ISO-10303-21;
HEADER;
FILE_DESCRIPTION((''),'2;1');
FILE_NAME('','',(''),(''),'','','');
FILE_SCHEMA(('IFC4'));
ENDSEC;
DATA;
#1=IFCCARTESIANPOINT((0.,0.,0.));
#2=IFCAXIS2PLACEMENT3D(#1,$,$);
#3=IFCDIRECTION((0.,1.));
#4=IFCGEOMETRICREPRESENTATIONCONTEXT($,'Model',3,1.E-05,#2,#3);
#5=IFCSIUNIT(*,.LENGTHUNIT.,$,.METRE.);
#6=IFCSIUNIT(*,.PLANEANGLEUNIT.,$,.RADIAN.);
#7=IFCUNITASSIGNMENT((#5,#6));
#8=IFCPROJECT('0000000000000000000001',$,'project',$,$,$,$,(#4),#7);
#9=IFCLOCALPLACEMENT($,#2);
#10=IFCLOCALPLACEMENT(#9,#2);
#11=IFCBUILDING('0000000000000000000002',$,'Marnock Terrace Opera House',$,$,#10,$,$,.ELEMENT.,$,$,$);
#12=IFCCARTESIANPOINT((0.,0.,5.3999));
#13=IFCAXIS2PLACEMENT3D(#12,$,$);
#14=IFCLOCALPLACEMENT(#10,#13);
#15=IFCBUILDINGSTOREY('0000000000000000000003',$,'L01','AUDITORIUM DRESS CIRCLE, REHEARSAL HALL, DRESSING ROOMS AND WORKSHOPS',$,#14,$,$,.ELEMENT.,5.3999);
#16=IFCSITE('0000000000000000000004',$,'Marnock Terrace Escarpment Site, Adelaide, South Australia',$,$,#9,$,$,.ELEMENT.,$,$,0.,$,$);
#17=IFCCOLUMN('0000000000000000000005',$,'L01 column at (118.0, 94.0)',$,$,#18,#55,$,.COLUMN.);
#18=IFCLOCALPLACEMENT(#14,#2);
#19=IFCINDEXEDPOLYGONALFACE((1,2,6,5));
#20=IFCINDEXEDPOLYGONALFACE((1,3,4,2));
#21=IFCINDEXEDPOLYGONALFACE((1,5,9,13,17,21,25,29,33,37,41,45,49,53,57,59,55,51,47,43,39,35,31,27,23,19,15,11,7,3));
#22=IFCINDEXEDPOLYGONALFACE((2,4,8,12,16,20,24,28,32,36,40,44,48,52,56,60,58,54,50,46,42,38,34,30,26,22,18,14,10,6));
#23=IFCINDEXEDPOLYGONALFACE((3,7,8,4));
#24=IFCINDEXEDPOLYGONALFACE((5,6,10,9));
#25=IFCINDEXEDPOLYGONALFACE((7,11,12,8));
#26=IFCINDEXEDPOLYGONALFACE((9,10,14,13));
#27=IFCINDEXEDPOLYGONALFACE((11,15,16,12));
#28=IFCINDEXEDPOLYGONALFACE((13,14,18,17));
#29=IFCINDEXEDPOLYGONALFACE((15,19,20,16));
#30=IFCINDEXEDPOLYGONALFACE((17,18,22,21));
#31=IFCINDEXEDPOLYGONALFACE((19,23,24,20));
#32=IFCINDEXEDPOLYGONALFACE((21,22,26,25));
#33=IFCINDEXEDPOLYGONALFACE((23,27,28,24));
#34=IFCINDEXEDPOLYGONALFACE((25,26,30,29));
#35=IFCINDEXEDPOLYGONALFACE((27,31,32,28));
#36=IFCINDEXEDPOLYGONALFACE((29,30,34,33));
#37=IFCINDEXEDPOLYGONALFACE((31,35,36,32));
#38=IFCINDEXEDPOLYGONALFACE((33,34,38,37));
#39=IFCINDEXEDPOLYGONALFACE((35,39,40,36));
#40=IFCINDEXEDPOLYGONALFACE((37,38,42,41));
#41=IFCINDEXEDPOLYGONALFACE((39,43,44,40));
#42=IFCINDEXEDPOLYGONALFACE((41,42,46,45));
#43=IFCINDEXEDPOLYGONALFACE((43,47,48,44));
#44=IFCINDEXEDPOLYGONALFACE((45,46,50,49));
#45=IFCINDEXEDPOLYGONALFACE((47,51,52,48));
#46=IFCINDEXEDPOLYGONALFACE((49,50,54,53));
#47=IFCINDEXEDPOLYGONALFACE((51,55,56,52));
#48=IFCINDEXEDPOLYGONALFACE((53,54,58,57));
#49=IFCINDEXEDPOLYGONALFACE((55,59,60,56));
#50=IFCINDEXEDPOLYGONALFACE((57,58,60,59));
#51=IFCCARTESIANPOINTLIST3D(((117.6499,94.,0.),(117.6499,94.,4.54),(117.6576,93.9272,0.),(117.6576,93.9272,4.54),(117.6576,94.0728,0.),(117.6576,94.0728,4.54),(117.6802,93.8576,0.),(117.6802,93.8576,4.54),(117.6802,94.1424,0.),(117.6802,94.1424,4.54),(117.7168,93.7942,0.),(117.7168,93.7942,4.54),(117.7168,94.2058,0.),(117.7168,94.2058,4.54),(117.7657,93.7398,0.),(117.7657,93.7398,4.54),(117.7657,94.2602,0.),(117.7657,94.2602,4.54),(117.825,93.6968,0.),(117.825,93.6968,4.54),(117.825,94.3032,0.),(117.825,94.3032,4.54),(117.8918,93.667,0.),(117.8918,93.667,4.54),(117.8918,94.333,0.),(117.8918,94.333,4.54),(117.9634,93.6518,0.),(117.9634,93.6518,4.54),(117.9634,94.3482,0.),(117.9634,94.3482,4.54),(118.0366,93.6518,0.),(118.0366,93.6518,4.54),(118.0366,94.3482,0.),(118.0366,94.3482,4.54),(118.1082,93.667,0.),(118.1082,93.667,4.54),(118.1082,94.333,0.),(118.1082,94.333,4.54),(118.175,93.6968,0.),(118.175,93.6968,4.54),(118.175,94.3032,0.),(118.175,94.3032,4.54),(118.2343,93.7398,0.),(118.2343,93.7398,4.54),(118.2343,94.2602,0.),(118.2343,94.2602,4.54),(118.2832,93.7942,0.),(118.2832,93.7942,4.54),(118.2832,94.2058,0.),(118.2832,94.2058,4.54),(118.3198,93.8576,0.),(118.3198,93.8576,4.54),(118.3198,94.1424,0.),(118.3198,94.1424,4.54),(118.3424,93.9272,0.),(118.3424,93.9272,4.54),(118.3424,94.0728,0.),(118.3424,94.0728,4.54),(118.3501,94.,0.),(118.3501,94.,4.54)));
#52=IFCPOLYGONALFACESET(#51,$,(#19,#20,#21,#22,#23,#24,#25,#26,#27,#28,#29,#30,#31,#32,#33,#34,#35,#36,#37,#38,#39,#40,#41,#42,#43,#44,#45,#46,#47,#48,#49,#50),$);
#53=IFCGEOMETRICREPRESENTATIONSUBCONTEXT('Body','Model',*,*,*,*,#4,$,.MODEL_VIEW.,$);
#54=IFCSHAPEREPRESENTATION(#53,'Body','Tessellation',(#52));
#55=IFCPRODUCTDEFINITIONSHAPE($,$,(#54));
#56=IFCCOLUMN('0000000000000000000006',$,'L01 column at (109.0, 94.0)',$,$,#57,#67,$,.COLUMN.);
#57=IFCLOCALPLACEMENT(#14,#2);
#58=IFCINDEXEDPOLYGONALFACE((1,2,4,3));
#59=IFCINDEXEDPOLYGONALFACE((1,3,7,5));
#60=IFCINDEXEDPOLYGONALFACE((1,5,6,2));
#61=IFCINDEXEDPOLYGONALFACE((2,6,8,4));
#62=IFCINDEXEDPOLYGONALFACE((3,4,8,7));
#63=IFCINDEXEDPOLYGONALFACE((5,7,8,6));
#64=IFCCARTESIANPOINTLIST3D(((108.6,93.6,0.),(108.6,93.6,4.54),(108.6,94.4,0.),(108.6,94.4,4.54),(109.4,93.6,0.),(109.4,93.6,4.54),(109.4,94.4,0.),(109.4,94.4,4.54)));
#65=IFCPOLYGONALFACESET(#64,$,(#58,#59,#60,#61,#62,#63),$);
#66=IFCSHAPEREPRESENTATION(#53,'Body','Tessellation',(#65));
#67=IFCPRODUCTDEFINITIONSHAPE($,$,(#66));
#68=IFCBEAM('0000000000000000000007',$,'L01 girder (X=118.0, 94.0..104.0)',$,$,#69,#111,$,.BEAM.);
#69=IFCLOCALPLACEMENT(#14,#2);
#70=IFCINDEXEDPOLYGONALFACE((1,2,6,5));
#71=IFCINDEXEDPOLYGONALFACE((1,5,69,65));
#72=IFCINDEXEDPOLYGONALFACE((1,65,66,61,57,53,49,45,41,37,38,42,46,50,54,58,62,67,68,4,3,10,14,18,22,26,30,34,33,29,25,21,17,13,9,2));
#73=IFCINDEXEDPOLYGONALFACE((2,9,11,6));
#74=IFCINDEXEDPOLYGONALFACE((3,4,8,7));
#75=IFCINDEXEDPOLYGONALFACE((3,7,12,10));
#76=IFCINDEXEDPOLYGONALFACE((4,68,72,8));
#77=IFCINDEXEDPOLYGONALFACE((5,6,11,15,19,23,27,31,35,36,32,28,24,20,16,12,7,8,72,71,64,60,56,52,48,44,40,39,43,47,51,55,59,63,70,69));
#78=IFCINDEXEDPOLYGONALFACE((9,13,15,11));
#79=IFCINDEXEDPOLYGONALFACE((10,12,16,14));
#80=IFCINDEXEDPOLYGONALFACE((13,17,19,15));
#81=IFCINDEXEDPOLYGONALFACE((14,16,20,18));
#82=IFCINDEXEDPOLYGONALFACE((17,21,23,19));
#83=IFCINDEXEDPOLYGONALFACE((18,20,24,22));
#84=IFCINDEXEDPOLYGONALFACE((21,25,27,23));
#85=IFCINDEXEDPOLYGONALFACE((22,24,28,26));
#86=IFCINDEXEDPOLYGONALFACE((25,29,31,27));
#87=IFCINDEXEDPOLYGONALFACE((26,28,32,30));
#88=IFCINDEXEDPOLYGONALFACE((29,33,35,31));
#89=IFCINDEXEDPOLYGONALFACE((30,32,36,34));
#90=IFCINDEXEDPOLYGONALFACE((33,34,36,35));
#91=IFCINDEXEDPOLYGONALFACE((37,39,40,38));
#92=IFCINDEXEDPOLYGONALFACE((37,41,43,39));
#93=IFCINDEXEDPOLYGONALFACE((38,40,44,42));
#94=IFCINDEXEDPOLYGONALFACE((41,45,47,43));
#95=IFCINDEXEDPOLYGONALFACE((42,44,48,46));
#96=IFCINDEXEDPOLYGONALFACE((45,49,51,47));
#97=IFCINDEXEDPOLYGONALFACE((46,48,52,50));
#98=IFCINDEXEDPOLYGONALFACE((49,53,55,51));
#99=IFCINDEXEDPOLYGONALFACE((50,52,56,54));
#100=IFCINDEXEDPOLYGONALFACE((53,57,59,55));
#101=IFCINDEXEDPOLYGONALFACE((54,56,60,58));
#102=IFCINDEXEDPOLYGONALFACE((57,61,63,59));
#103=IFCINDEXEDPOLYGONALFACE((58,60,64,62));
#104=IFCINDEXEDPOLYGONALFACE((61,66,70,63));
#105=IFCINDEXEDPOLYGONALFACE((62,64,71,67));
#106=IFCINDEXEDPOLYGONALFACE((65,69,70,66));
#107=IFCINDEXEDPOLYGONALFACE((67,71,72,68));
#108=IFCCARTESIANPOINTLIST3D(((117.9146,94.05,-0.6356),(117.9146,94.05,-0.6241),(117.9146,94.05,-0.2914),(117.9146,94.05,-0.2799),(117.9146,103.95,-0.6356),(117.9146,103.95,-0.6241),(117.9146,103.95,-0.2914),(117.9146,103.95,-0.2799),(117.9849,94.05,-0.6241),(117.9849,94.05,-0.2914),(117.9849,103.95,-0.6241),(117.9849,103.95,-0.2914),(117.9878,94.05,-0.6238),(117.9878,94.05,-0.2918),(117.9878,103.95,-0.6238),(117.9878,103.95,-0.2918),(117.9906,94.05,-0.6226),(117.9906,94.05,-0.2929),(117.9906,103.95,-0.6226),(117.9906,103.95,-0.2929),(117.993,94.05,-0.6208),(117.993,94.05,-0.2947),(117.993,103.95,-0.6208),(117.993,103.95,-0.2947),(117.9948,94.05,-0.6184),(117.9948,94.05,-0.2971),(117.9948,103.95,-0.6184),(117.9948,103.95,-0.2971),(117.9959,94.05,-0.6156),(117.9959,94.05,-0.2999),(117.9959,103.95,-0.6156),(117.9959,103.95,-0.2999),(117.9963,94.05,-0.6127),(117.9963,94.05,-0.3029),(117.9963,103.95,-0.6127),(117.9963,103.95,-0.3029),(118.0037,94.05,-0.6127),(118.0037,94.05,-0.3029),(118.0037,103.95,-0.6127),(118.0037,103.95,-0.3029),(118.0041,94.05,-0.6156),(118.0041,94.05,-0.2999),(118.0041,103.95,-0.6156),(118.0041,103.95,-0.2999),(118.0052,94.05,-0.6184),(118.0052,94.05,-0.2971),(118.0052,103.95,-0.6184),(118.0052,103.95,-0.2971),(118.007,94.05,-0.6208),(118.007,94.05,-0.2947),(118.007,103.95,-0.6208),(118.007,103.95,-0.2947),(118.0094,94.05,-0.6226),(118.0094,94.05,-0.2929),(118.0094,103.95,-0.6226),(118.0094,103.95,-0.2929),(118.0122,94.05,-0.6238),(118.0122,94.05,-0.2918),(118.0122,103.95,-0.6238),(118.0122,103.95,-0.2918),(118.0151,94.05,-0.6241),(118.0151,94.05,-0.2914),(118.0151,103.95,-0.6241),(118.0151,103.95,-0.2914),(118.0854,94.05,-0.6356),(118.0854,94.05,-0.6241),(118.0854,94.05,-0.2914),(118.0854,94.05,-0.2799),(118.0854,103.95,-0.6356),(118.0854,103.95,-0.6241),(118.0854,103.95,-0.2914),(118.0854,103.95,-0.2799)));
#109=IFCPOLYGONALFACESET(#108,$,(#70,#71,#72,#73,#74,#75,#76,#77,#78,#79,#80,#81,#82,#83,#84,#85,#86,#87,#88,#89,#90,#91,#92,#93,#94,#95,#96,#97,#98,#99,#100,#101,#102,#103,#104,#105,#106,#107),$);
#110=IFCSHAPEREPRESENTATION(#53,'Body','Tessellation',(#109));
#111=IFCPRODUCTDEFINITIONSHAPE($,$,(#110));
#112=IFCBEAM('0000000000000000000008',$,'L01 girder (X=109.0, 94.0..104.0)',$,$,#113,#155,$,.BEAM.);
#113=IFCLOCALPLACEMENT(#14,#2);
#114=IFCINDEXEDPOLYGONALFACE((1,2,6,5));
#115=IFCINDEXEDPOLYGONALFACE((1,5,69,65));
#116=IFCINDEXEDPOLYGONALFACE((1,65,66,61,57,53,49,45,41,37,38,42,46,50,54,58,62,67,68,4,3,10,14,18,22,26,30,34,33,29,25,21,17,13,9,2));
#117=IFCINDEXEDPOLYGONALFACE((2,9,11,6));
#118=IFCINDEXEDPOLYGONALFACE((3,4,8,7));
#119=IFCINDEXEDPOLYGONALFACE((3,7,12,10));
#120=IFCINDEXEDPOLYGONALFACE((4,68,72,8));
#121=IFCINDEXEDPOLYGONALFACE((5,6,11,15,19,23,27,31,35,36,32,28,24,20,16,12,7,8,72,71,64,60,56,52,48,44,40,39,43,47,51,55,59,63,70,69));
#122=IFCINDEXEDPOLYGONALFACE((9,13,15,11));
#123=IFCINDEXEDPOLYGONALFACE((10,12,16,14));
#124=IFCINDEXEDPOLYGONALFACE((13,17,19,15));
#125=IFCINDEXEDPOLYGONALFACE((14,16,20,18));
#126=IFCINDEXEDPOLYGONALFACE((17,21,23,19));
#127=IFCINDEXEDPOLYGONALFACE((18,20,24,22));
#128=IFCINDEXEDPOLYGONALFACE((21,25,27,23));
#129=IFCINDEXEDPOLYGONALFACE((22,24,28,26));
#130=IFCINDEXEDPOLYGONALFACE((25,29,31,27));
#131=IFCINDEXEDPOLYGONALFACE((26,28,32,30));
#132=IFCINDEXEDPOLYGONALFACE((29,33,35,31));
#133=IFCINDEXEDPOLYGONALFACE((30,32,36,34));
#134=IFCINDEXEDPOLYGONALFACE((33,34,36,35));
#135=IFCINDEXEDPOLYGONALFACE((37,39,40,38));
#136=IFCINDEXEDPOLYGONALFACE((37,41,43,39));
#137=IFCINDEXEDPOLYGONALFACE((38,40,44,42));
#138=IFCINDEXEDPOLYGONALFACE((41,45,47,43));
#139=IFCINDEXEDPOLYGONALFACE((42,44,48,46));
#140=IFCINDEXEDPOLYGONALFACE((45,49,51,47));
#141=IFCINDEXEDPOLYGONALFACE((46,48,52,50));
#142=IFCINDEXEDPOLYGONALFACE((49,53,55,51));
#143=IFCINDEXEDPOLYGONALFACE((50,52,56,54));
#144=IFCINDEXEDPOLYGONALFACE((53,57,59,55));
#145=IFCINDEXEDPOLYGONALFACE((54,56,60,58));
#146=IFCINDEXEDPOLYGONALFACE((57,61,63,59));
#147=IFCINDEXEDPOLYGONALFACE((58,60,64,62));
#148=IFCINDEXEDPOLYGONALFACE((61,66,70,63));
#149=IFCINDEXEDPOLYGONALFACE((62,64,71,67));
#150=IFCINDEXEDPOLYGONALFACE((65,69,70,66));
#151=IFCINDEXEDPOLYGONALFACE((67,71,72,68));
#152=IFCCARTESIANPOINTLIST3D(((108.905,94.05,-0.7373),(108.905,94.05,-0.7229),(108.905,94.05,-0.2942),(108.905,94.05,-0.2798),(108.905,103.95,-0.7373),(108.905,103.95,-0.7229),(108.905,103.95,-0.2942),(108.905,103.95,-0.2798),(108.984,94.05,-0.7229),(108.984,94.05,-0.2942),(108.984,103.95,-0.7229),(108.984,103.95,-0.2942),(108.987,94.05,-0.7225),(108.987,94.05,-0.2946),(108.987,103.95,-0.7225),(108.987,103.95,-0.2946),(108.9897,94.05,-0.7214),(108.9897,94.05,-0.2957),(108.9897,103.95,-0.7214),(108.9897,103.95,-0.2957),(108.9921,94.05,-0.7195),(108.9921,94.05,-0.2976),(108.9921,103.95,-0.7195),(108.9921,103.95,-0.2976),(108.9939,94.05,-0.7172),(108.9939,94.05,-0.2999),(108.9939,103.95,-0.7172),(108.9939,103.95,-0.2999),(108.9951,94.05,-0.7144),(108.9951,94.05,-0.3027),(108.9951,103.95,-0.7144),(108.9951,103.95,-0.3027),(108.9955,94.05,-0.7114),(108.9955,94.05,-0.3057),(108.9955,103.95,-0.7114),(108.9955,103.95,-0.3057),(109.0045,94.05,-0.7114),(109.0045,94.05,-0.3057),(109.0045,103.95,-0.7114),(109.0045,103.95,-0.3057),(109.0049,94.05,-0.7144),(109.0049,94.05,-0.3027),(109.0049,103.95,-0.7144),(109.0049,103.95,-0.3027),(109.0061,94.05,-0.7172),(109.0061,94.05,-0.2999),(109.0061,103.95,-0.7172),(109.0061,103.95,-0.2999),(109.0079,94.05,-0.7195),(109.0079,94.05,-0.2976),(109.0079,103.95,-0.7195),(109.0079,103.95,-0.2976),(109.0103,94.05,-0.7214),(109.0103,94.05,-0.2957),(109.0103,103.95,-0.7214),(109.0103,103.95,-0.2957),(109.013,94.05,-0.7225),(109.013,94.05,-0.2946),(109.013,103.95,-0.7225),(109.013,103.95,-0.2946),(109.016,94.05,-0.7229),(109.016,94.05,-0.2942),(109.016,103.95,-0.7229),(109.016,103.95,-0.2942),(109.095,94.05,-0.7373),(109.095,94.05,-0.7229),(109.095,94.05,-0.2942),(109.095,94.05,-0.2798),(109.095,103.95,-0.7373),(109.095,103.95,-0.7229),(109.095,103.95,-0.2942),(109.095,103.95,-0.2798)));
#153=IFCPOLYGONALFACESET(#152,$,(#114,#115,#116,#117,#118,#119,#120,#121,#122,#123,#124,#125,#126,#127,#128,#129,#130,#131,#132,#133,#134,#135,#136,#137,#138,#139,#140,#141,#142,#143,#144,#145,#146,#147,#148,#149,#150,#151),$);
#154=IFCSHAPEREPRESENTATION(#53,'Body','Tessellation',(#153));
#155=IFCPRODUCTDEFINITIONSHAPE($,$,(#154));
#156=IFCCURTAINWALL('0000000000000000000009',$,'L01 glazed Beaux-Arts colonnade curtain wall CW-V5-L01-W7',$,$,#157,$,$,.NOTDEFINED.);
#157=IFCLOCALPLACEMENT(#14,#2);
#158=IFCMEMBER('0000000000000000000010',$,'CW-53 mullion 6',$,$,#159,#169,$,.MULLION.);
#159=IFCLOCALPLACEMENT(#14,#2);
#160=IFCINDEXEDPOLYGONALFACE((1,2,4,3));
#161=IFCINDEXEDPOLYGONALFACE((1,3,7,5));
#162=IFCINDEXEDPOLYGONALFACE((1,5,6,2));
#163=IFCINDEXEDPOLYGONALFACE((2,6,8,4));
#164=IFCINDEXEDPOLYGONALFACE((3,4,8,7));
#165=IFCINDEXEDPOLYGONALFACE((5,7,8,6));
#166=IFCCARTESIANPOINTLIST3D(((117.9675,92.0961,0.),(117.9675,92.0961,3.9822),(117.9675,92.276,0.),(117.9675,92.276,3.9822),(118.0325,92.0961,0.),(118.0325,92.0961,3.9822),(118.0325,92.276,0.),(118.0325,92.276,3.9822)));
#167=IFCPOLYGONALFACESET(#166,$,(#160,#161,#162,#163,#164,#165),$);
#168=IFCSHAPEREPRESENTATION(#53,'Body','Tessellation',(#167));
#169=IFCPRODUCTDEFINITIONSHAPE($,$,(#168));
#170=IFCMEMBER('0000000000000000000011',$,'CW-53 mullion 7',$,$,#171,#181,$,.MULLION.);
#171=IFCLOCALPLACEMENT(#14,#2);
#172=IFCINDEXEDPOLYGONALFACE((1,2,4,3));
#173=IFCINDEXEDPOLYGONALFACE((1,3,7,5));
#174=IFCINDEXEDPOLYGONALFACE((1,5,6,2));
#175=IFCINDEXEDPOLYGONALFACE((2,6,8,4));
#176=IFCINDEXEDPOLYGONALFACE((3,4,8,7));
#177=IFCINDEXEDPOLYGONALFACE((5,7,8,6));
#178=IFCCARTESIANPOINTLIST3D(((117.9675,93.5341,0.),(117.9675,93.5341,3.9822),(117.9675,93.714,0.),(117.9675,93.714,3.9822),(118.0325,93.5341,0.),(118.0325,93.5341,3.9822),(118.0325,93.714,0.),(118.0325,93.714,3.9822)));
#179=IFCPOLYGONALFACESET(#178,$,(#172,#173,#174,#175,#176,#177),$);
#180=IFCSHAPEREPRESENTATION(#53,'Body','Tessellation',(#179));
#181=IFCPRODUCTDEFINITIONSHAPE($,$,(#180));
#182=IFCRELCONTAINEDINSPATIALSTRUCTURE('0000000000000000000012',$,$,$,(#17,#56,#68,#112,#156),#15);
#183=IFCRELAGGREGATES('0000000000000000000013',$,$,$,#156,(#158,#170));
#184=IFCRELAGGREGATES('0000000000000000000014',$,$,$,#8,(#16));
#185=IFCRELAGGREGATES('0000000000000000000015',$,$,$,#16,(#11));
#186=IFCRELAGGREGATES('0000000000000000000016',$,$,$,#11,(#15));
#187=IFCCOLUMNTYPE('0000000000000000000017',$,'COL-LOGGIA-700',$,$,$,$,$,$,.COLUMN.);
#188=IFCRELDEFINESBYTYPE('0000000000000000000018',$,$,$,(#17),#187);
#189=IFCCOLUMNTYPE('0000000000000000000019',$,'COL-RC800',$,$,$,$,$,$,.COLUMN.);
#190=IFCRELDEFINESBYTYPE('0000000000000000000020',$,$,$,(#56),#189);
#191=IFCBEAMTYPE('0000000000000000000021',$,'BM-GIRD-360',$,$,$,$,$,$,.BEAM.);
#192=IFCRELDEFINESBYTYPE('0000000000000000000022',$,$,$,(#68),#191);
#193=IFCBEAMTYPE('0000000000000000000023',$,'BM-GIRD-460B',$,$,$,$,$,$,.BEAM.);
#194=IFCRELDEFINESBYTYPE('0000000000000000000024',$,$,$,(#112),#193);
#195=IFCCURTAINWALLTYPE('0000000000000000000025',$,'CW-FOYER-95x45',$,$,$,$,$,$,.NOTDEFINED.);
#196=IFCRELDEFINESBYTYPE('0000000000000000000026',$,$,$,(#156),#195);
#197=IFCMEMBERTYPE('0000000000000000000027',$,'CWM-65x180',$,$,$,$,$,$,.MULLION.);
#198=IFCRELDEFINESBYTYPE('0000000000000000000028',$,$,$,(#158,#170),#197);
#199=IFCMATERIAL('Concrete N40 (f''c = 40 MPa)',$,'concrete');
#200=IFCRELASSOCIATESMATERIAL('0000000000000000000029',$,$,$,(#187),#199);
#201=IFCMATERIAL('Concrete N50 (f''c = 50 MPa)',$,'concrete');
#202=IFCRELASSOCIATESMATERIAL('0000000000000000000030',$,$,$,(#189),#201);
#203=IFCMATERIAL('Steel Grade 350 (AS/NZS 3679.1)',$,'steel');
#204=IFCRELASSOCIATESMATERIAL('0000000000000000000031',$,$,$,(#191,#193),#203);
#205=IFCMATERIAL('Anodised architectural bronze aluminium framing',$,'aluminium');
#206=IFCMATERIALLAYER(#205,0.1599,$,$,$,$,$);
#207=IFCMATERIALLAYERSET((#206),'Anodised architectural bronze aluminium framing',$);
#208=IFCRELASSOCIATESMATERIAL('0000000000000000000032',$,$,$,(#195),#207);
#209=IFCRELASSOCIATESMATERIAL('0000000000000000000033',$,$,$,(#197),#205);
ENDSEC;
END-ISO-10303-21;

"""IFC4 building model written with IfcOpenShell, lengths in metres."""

from ifc_helpers import new_model, si_unit, direction, frame, origin, origin_2d, place, context, subcontext, project, spatial, rectangle, circle, i_section, extrude, material, layer, layer_set, material_profile, profile_set, type_object, element, aggregate, save


model = new_model("IFC4")

# Units and contexts
model_context = context("Model", 3, precision=1e-05, world=origin(), true_north=direction((0.0, 1.0)))
body_context = subcontext(model_context, "Body", "Model", "MODEL_VIEW")
ifc_project = project(units=[si_unit("LENGTHUNIT", "METRE"), si_unit("PLANEANGLEUNIT", "RADIAN")], contexts=[model_context])

# Site, building, storey
site_placement = place(None, origin())
site = spatial("IfcSite", under=ifc_project, at=site_placement, Name="Marnock Terrace Escarpment Site, Adelaide, South Australia", CompositionType="ELEMENT", RefElevation=0.0)
building_placement = place(site_placement, origin())
building = spatial("IfcBuilding", under=site, at=building_placement, Name="Marnock Terrace Opera House", CompositionType="ELEMENT")
storey_placement = place(building_placement, frame((0.0, 0.0, 5.3999)))
storey = spatial("IfcBuildingStorey", under=building, at=storey_placement, Name="L01", Description="AUDITORIUM DRESS CIRCLE, REHEARSAL HALL, DRESSING ROOMS AND WORKSHOPS", CompositionType="ELEMENT", Elevation=5.3999)

# Columns
ifc_material_1 = material(Name="Concrete N40 (f'c = 40 MPa)", Category="concrete")
ifc_material_profile_1 = material_profile(ifc_material_1, circle(Radius=0.3501, at=origin_2d()))
ifc_profile_set_1 = profile_set([ifc_material_profile_1], Name="Concrete N40 (f'c = 40 MPa)")
column_type_1 = type_object("IfcColumnType", Name="COL-LOGGIA-700", PredefinedType="COLUMN", material=ifc_profile_set_1)
column_1_placement = place(storey_placement, frame((118.0, 94.0, 0.0), z_axis=(0.0, 0.0, 1.0), x_axis=(1.0, 0.0, 0.0)))
element("IfcColumn", 1, at=column_1_placement, inside=storey, type_object=column_type_1, Name="L01 column at (118.0, 94.0)", PredefinedType="COLUMN", context=body_context, shape_type="SweptSolid", body=[
    extrude(circle(Radius=0.3501, at=origin_2d()), origin(), (0.0, 0.0, 1.0), 4.54),
])
ifc_material_2 = material(Name="Concrete N50 (f'c = 50 MPa)", Category="concrete")
ifc_material_profile_2 = material_profile(ifc_material_2, rectangle(XDim=0.8, YDim=0.8, at=origin_2d()))
ifc_profile_set_2 = profile_set([ifc_material_profile_2], Name="Concrete N50 (f'c = 50 MPa)")
column_type_2 = type_object("IfcColumnType", Name="COL-RC800", PredefinedType="COLUMN", material=ifc_profile_set_2)
column_2_placement = place(storey_placement, frame((109.0, 94.0, 0.0), z_axis=(0.0, 0.0, 1.0), x_axis=(1.0, 0.0, 0.0)))
element("IfcColumn", 2, at=column_2_placement, inside=storey, type_object=column_type_2, Name="L01 column at (109.0, 94.0)", PredefinedType="COLUMN", context=body_context, shape_type="SweptSolid", body=[
    extrude(rectangle(XDim=0.8, YDim=0.8, at=origin_2d()), origin(), (0.0, 0.0, 1.0), 4.54),
])

# Beams
ifc_material_3 = material(Name="Steel Grade 350 (AS/NZS 3679.1)", Category="steel")
ifc_material_profile_3 = material_profile(ifc_material_3, i_section(OverallWidth=0.1709, OverallDepth=0.3557, WebThickness=0.0073, FlangeThickness=0.0115, FilletRadius=0.0115, at=origin_2d()))
ifc_profile_set_3 = profile_set([ifc_material_profile_3], Name="Steel Grade 350 (AS/NZS 3679.1)")
beam_type_1 = type_object("IfcBeamType", Name="BM-GIRD-360", PredefinedType="BEAM", material=ifc_profile_set_3)
beam_1_placement = place(storey_placement, frame((118.0, 94.05, -0.4578), z_axis=(0.0, 1.0, 0.0), x_axis=(-1.0, 0.0, 0.0)))
element("IfcBeam", 3, at=beam_1_placement, inside=storey, type_object=beam_type_1, Name="L01 girder (X=118.0, 94.0..104.0)", PredefinedType="BEAM", context=body_context, shape_type="SweptSolid", body=[
    extrude(i_section(OverallWidth=0.1709, OverallDepth=0.3557, WebThickness=0.0073, FlangeThickness=0.0115, FilletRadius=0.0115, at=origin_2d()), origin(), (0.0, 0.0, 1.0), 9.8999),
])
ifc_material_profile_4 = material_profile(ifc_material_3, i_section(OverallWidth=0.1899, OverallDepth=0.4575, WebThickness=0.009, FlangeThickness=0.0144, FilletRadius=0.0115, at=origin_2d()))
ifc_profile_set_4 = profile_set([ifc_material_profile_4], Name="Steel Grade 350 (AS/NZS 3679.1)")
beam_type_2 = type_object("IfcBeamType", Name="BM-GIRD-460B", PredefinedType="BEAM", material=ifc_profile_set_4)
beam_2_placement = place(storey_placement, frame((109.0, 94.05, -0.5085), z_axis=(0.0, 1.0, 0.0), x_axis=(-1.0, 0.0, 0.0)))
element("IfcBeam", 4, at=beam_2_placement, inside=storey, type_object=beam_type_2, Name="L01 girder (X=109.0, 94.0..104.0)", PredefinedType="BEAM", context=body_context, shape_type="SweptSolid", body=[
    extrude(i_section(OverallWidth=0.1899, OverallDepth=0.4575, WebThickness=0.009, FlangeThickness=0.0144, FilletRadius=0.0115, at=origin_2d()), origin(), (0.0, 0.0, 1.0), 9.8999),
])

# Curtain wall, members
ifc_material_4 = material(Name="Anodised architectural bronze aluminium framing", Category="aluminium")
ifc_layer_1 = layer(ifc_material_4, 0.1599)
ifc_layer_set_1 = layer_set([ifc_layer_1], Name="Anodised architectural bronze aluminium framing")
curtain_wall_type = type_object("IfcCurtainWallType", Name="CW-FOYER-95x45", PredefinedType="NOTDEFINED", material=ifc_layer_set_1)
curtain_wall_1_placement = place(storey_placement, origin())
curtain_wall_1 = element("IfcCurtainWall", 5, at=curtain_wall_1_placement, inside=storey, type_object=curtain_wall_type, Name="L01 glazed Beaux-Arts colonnade curtain wall CW-V5-L01-W7", PredefinedType="NOTDEFINED")
ifc_material_profile_5 = material_profile(ifc_material_4, rectangle(XDim=0.0649, YDim=0.1799, at=origin_2d()))
ifc_profile_set_5 = profile_set([ifc_material_profile_5], Name="Anodised architectural bronze aluminium framing")
member_type_1 = type_object("IfcMemberType", Name="CWM-65x180", PredefinedType="MULLION", material=ifc_profile_set_5)
member_1_placement = place(storey_placement, frame((118.0, 92.186, 0.0), z_axis=(0.0, 0.0, 1.0), x_axis=(-1.0, 0.0, 0.0)))
member_1 = element("IfcMember", 6, at=member_1_placement, type_object=member_type_1, Name="CW-53 mullion 6", PredefinedType="MULLION", context=body_context, shape_type="SweptSolid", body=[
    extrude(rectangle(XDim=0.0649, YDim=0.1799, at=origin_2d()), origin(), (0.0, 0.0, 1.0), 3.9822),
])
member_2_placement = place(storey_placement, frame((118.0, 93.624, 0.0), z_axis=(0.0, 0.0, 1.0), x_axis=(-1.0, 0.0, 0.0)))
member_2 = element("IfcMember", 7, at=member_2_placement, type_object=member_type_1, Name="CW-53 mullion 7", PredefinedType="MULLION", context=body_context, shape_type="SweptSolid", body=[
    extrude(rectangle(XDim=0.0649, YDim=0.1799, at=origin_2d()), origin(), (0.0, 0.0, 1.0), 3.9822),
])

aggregate(curtain_wall_1, [member_1, member_2])

save(model, "model.ifc")
